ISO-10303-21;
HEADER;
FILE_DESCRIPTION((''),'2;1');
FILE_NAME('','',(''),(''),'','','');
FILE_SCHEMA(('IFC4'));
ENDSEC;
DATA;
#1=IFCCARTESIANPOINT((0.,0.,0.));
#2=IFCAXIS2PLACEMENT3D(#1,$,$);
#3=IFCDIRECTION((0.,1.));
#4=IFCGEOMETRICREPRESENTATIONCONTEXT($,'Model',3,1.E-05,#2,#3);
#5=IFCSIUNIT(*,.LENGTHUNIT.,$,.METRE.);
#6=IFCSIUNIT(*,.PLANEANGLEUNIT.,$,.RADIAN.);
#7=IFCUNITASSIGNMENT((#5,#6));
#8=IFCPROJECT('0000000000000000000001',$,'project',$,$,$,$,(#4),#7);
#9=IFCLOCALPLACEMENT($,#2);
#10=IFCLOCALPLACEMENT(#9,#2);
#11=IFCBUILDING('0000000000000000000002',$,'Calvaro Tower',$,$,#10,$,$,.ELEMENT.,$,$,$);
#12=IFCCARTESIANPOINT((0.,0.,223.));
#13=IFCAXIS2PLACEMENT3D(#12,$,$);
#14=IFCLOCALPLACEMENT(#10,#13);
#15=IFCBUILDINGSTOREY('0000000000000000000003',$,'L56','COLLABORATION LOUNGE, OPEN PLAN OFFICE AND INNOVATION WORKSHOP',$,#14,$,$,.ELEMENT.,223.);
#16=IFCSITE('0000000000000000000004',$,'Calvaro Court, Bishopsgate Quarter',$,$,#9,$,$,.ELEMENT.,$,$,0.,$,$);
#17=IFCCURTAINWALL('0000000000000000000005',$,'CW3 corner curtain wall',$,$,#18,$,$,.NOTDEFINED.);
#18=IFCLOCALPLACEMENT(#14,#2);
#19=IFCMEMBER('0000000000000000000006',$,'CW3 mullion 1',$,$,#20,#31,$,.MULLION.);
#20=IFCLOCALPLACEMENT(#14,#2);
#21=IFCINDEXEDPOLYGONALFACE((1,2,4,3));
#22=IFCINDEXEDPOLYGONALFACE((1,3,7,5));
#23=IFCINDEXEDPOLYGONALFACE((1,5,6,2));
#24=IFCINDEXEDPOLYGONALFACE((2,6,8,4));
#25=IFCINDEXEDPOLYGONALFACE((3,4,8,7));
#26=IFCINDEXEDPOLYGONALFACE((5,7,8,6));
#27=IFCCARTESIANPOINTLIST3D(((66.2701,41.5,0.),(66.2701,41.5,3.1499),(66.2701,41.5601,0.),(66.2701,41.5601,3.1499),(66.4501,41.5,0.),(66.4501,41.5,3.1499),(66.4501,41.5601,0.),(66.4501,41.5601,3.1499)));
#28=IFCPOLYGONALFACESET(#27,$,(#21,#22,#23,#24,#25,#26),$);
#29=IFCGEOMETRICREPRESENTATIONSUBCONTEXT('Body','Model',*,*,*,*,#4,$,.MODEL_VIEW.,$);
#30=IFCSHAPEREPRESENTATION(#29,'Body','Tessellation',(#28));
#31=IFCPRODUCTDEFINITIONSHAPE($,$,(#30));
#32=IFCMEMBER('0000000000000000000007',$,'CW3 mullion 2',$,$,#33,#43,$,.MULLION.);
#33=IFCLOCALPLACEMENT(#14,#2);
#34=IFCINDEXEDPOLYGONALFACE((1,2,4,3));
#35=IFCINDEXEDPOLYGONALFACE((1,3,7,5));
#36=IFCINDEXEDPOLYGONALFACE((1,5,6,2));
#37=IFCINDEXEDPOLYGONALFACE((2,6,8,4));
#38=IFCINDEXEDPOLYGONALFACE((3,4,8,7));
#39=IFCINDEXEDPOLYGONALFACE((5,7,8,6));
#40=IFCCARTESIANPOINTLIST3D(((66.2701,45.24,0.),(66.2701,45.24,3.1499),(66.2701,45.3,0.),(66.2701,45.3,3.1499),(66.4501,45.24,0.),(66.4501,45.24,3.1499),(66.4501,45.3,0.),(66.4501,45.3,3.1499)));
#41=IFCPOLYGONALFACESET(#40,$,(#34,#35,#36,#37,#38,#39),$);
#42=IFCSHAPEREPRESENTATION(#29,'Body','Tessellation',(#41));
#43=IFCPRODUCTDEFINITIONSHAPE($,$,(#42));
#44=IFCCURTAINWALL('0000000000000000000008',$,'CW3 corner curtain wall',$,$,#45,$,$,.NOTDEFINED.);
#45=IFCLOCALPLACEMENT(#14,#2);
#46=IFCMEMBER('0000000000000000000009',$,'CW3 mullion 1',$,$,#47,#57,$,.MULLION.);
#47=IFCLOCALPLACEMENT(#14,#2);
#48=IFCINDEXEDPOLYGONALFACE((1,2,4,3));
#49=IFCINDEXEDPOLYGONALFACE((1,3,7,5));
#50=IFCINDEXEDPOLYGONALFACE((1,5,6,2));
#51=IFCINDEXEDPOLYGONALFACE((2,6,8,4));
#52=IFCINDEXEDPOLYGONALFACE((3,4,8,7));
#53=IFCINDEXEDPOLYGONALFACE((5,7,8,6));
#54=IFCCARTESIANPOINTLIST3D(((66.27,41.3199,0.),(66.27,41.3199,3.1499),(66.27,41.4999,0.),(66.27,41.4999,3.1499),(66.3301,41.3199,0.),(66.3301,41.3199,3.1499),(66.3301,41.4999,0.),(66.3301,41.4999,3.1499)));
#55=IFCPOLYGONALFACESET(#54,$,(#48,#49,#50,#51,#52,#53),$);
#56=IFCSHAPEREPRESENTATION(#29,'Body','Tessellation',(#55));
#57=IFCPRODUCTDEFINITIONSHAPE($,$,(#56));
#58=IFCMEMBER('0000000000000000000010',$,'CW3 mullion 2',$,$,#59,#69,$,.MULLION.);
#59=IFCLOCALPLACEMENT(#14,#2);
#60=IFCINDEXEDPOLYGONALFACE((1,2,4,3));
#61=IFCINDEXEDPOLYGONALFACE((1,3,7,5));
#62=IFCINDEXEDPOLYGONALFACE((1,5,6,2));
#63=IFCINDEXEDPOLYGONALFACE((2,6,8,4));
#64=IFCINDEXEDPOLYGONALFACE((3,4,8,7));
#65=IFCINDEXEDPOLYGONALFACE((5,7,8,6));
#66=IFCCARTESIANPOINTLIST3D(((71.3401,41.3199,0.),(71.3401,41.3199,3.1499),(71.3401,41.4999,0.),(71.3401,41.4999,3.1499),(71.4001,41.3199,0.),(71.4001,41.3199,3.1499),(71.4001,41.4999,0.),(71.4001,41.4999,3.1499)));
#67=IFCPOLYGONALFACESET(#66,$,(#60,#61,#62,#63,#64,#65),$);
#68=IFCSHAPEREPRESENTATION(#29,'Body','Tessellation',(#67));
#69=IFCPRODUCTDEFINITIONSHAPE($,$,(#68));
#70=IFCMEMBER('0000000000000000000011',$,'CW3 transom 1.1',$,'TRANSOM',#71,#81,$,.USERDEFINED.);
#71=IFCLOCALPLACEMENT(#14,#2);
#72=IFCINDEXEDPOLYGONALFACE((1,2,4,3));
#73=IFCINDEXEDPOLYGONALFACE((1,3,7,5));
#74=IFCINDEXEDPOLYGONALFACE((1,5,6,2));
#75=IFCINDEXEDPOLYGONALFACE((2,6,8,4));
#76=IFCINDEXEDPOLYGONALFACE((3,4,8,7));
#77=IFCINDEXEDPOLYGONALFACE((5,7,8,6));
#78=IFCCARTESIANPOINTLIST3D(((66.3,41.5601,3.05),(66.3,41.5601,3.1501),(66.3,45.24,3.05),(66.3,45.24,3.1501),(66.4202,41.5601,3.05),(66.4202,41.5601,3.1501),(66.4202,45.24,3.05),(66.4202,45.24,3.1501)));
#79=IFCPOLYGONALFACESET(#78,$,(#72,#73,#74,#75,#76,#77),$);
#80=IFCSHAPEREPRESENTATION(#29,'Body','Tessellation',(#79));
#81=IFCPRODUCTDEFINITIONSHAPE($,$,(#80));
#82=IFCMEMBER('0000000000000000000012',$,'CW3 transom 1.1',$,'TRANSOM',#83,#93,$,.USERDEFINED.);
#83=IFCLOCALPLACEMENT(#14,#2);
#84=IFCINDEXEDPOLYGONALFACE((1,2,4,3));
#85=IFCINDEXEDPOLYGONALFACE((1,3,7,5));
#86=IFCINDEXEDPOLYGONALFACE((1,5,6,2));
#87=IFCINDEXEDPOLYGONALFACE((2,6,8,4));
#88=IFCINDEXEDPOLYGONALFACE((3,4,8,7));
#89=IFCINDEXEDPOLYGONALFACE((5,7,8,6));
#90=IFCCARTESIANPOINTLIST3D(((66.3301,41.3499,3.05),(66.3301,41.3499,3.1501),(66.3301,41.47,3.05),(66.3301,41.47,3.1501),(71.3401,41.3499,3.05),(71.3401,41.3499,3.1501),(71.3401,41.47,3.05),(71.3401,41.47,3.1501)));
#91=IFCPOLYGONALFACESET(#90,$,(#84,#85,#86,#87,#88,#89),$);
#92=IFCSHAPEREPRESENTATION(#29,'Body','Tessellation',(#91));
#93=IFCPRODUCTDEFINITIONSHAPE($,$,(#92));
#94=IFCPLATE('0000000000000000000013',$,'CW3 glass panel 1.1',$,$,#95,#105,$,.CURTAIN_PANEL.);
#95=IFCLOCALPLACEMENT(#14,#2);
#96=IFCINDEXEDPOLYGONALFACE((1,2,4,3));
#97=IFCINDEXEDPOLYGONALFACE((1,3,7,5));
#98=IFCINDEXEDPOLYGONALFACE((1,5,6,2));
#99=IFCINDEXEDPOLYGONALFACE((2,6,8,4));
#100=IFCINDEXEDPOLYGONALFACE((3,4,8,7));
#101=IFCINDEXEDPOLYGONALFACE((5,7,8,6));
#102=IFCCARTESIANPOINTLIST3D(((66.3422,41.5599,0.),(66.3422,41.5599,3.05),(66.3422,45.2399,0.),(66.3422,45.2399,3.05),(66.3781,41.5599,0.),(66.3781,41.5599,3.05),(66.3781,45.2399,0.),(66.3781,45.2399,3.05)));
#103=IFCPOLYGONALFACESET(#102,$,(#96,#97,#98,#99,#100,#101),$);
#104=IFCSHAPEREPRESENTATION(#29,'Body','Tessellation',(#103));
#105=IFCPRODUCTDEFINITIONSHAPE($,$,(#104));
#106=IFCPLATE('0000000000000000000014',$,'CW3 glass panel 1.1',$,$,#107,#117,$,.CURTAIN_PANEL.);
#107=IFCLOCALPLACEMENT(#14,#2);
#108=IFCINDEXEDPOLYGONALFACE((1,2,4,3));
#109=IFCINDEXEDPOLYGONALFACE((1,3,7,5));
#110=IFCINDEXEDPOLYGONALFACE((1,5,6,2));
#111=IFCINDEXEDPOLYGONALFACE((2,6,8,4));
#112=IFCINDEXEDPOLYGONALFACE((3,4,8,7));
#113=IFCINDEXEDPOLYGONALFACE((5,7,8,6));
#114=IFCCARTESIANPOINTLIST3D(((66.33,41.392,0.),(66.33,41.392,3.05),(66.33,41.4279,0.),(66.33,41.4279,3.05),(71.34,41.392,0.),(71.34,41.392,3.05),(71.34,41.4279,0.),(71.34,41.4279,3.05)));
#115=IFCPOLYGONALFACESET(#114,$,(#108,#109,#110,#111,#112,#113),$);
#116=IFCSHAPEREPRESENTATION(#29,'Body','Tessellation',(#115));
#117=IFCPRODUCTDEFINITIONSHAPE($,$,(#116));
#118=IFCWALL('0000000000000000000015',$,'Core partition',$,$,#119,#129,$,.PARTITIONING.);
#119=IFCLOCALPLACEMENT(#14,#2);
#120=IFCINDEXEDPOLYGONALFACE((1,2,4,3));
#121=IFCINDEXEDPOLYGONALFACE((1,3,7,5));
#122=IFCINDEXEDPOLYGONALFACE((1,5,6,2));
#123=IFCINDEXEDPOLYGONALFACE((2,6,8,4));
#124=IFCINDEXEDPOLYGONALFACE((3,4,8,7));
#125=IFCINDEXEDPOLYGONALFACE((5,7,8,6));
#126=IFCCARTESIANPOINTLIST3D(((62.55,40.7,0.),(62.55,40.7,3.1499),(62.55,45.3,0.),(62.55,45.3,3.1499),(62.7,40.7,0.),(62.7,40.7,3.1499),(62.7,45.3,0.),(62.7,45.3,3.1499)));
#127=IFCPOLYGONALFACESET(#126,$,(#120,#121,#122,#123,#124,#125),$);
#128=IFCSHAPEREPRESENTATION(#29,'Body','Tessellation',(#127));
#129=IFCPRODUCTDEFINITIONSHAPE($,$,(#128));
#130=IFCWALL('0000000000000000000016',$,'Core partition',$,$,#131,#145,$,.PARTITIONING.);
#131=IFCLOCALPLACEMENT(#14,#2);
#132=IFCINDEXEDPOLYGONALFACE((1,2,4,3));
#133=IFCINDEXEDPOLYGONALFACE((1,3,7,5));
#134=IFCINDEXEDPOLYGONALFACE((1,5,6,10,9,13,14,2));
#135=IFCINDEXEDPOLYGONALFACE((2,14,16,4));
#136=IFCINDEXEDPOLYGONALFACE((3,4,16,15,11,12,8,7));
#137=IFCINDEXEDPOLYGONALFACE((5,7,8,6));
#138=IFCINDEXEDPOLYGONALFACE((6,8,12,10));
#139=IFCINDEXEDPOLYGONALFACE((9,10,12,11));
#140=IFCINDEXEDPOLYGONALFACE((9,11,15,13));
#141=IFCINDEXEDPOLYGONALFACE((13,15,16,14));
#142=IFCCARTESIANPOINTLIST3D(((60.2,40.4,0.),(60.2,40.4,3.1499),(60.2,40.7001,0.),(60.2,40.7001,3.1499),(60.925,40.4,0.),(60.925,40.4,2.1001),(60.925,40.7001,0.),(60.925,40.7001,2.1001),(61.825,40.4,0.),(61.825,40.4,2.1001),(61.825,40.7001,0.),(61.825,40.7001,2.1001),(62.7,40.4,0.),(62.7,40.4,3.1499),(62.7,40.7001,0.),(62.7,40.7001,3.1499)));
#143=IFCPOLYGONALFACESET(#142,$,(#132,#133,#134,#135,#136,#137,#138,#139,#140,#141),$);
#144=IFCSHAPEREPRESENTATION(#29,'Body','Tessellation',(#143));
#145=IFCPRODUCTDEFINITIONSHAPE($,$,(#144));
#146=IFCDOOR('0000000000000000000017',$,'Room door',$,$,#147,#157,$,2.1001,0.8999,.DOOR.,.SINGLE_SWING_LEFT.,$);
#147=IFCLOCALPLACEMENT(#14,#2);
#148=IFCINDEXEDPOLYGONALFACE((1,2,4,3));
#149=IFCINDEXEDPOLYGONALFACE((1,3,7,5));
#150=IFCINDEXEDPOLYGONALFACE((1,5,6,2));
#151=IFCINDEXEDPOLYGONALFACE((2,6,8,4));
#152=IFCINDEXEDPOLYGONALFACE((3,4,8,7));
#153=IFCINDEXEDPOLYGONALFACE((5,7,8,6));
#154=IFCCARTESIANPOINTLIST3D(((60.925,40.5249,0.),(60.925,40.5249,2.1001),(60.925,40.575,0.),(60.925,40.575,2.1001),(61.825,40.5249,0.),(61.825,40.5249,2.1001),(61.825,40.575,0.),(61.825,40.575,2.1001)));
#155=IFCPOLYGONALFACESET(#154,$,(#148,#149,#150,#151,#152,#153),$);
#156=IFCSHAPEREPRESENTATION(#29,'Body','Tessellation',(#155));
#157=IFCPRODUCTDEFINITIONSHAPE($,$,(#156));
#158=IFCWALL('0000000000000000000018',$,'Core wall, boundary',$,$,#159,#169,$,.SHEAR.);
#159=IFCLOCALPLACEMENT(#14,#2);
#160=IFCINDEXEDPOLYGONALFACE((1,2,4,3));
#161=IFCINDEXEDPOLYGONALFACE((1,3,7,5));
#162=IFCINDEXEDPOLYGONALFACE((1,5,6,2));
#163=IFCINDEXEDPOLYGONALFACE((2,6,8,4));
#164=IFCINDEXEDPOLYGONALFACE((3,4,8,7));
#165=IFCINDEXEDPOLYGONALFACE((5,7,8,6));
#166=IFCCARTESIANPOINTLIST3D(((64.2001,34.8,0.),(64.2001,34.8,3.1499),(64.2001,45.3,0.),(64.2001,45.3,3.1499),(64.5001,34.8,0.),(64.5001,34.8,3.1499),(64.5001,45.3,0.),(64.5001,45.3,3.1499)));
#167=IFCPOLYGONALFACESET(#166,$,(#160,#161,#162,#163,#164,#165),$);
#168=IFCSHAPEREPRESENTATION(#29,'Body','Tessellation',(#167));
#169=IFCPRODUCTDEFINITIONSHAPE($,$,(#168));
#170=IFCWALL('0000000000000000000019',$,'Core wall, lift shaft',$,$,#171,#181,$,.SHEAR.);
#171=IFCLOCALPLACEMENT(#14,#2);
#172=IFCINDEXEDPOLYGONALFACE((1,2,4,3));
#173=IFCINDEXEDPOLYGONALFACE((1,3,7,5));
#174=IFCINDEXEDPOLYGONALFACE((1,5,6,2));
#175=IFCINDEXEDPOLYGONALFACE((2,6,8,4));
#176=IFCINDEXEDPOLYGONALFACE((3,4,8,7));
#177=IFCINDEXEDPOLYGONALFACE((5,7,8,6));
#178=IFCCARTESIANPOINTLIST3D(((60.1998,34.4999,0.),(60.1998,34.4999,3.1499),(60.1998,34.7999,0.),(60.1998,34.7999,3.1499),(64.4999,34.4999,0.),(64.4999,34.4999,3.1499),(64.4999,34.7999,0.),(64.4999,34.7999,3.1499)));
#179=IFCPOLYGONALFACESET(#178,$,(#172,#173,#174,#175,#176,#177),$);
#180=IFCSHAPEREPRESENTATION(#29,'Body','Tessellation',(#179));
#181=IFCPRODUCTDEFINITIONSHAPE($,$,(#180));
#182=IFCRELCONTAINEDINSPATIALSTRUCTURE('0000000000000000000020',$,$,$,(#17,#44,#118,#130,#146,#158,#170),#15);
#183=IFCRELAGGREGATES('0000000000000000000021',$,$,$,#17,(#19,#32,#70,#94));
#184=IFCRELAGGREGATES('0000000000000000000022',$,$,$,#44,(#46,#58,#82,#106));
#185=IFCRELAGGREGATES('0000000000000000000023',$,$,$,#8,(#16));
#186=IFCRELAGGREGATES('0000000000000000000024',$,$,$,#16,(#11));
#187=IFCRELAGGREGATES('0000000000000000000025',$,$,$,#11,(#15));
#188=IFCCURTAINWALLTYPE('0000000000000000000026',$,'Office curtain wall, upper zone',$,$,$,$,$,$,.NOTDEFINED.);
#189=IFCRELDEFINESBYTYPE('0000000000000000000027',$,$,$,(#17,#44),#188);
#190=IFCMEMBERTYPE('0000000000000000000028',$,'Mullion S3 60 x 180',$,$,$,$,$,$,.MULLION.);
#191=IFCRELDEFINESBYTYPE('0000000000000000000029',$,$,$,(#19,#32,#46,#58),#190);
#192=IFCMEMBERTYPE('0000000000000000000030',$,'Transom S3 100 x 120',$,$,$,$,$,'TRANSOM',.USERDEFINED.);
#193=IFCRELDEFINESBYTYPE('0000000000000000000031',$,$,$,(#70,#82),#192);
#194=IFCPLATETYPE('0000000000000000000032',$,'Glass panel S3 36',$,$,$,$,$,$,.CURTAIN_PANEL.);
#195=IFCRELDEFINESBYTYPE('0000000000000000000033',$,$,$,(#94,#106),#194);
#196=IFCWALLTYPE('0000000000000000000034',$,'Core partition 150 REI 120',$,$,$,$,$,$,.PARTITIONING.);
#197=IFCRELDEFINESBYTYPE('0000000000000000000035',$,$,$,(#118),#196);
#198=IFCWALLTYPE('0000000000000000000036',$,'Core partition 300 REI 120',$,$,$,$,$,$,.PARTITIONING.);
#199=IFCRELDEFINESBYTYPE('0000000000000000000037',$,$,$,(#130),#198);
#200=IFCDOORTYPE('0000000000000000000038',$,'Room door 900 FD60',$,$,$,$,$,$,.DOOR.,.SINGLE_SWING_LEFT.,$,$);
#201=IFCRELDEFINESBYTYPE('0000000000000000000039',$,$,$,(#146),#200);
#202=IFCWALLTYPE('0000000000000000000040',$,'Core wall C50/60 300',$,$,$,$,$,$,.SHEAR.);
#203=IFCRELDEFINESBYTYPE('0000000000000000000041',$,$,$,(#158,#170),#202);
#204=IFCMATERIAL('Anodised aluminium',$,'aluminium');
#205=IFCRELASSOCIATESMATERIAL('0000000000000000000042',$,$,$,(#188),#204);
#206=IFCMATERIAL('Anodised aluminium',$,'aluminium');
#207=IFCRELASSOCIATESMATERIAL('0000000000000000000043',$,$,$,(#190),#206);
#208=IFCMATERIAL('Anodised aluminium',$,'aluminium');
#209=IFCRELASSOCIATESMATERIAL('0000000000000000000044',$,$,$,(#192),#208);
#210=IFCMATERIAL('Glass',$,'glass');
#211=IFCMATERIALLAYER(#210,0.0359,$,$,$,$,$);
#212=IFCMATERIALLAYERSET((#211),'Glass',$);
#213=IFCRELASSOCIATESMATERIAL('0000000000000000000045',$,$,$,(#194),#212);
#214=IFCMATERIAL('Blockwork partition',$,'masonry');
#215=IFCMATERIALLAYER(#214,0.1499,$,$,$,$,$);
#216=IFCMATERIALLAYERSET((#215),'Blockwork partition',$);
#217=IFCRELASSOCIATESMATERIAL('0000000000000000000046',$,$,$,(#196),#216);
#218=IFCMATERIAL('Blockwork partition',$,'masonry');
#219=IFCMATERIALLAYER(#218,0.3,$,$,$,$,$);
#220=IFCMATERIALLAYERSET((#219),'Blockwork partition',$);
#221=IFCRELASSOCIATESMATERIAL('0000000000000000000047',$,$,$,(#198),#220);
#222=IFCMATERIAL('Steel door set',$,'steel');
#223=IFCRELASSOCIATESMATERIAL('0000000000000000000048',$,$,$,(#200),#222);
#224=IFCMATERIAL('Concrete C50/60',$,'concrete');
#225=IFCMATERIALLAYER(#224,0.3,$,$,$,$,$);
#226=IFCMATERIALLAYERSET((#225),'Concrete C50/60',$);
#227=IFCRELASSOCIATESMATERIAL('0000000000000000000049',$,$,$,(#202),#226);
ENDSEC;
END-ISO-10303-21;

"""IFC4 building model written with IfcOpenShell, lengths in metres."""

from ifc_helpers import new_model, si_unit, direction, frame, frame_2d, origin, origin_2d, place, context, subcontext, project, spatial, rectangle, extrude, material, layer, layer_set, material_profile, profile_set, type_object, element, fill, aggregate, save


model = new_model("IFC4")

# Units and contexts
model_context = context("Model", 3, precision=1e-05, world=origin(), true_north=direction((0.0, 1.0)))
body_context = subcontext(model_context, "Body", "Model", "MODEL_VIEW")
ifc_project = project(units=[si_unit("LENGTHUNIT", "METRE"), si_unit("PLANEANGLEUNIT", "RADIAN")], contexts=[model_context])

# Site, building, storey
site_placement = place(None, origin())
site = spatial("IfcSite", under=ifc_project, at=site_placement, Name="Calvaro Court, Bishopsgate Quarter", CompositionType="ELEMENT", RefElevation=0.0)
building_placement = place(site_placement, origin())
building = spatial("IfcBuilding", under=site, at=building_placement, Name="Calvaro Tower", CompositionType="ELEMENT")
storey_placement = place(building_placement, frame((0.0, 0.0, 223.0)))
storey = spatial("IfcBuildingStorey", under=building, at=storey_placement, Name="L56", Description="COLLABORATION LOUNGE, OPEN PLAN OFFICE AND INNOVATION WORKSHOP", CompositionType="ELEMENT", Elevation=223.0)

# Curtain walls, members
ifc_material_1 = material(Name="Anodised aluminium", Category="aluminium")
curtain_wall_type = type_object("IfcCurtainWallType", Name="Office curtain wall, upper zone", PredefinedType="NOTDEFINED", material=ifc_material_1)
curtain_wall_1_placement = place(storey_placement, origin())
curtain_wall_1 = element("IfcCurtainWall", 1, at=curtain_wall_1_placement, inside=storey, type_object=curtain_wall_type, Name="CW3 corner curtain wall", PredefinedType="NOTDEFINED")
ifc_material_2 = material(Name="Anodised aluminium", Category="aluminium")
ifc_material_profile_1 = material_profile(ifc_material_2, rectangle(XDim=0.1799, YDim=0.0601, at=origin_2d()), Name="Mullion S3 60 x 180")
ifc_profile_set_1 = profile_set([ifc_material_profile_1], Name="Anodised aluminium")
member_type_1 = type_object("IfcMemberType", Name="Mullion S3 60 x 180", PredefinedType="MULLION", material=ifc_profile_set_1)
member_1_placement = place(storey_placement, frame((66.3601, 41.53, 0.0), z_axis=(0.0, 0.0, 1.0), x_axis=(-1.0, 0.0, 0.0)))
member_1 = element("IfcMember", 2, at=member_1_placement, type_object=member_type_1, Name="CW3 mullion 1", PredefinedType="MULLION", context=body_context, shape_type="SweptSolid", body=[
    extrude(rectangle(XDim=0.1799, YDim=0.0601, at=origin_2d()), origin(), (0.0, 0.0, 1.0), 3.1499),
])
member_2_placement = place(storey_placement, frame((66.3601, 45.27, 0.0), z_axis=(0.0, 0.0, 1.0), x_axis=(-1.0, 0.0, 0.0)))
member_2 = element("IfcMember", 3, at=member_2_placement, type_object=member_type_1, Name="CW3 mullion 2", PredefinedType="MULLION", context=body_context, shape_type="SweptSolid", body=[
    extrude(rectangle(XDim=0.1799, YDim=0.0601, at=origin_2d()), origin(), (0.0, 0.0, 1.0), 3.1499),
])
curtain_wall_2_placement = place(storey_placement, origin())
curtain_wall_2 = element("IfcCurtainWall", 4, at=curtain_wall_2_placement, inside=storey, type_object=curtain_wall_type, Name="CW3 corner curtain wall", PredefinedType="NOTDEFINED")
member_3_placement = place(storey_placement, frame((66.3, 41.4099, 0.0), z_axis=(0.0, 0.0, 1.0), x_axis=(0.0, 1.0, 0.0)))
member_3 = element("IfcMember", 5, at=member_3_placement, type_object=member_type_1, Name="CW3 mullion 1", PredefinedType="MULLION", context=body_context, shape_type="SweptSolid", body=[
    extrude(rectangle(XDim=0.1799, YDim=0.0601, at=origin_2d()), origin(), (0.0, 0.0, 1.0), 3.1499),
])
member_4_placement = place(storey_placement, frame((71.3701, 41.4099, 0.0), z_axis=(0.0, 0.0, 1.0), x_axis=(0.0, 1.0, 0.0)))
member_4 = element("IfcMember", 6, at=member_4_placement, type_object=member_type_1, Name="CW3 mullion 2", PredefinedType="MULLION", context=body_context, shape_type="SweptSolid", body=[
    extrude(rectangle(XDim=0.1799, YDim=0.0601, at=origin_2d()), origin(), (0.0, 0.0, 1.0), 3.1499),
])

# Members
ifc_material_3 = material(Name="Anodised aluminium", Category="aluminium")
ifc_material_profile_2 = material_profile(ifc_material_3, rectangle(XDim=0.1201, YDim=0.1001, at=origin_2d()), Name="Transom S3 100 x 120")
ifc_profile_set_2 = profile_set([ifc_material_profile_2], Name="Anodised aluminium")
member_type_2 = type_object("IfcMemberType", Name="Transom S3 100 x 120", ElementType="TRANSOM", PredefinedType="USERDEFINED", material=ifc_profile_set_2)
member_5_placement = place(storey_placement, frame((66.3601, 41.5601, 3.1001), z_axis=(0.0, 1.0, 0.0), x_axis=(-1.0, 0.0, 0.0)))
member_5 = element("IfcMember", 7, at=member_5_placement, type_object=member_type_2, Name="CW3 transom 1.1", ObjectType="TRANSOM", PredefinedType="USERDEFINED", context=body_context, shape_type="SweptSolid", body=[
    extrude(rectangle(XDim=0.1201, YDim=0.1001, at=origin_2d()), origin(), (0.0, 0.0, 1.0), 3.6799),
])
member_6_placement = place(storey_placement, frame((66.3301, 41.4099, 3.1001), z_axis=(1.0, 0.0, 0.0), x_axis=(0.0, 1.0, 0.0)))
member_6 = element("IfcMember", 8, at=member_6_placement, type_object=member_type_2, Name="CW3 transom 1.1", ObjectType="TRANSOM", PredefinedType="USERDEFINED", context=body_context, shape_type="SweptSolid", body=[
    extrude(rectangle(XDim=0.1201, YDim=0.1001, at=origin_2d()), origin(), (0.0, 0.0, 1.0), 5.01),
])

# Plates
ifc_material_4 = material(Name="Glass", Category="glass")
ifc_layer_1 = layer(ifc_material_4, 0.0359)
ifc_layer_set_1 = layer_set([ifc_layer_1], Name="Glass")
plate_type = type_object("IfcPlateType", Name="Glass panel S3 36", PredefinedType="CURTAIN_PANEL", material=ifc_layer_set_1)
plate_1_placement = place(storey_placement, frame((66.3601, 43.3999, 0.0), z_axis=(0.0, 0.0, 1.0), x_axis=(0.0, 1.0, 0.0)))
plate_1 = element("IfcPlate", 9, at=plate_1_placement, type_object=plate_type, Name="CW3 glass panel 1.1", PredefinedType="CURTAIN_PANEL", context=body_context, shape_type="SweptSolid", body=[
    extrude(rectangle(XDim=3.6799, YDim=0.0359, at=origin_2d()), origin(), (0.0, 0.0, 1.0), 3.05),
])
aggregate(curtain_wall_1, [member_1, member_2, member_5, plate_1])
plate_2_placement = place(storey_placement, frame((68.835, 41.4099, 0.0), z_axis=(0.0, 0.0, 1.0), x_axis=(1.0, 0.0, 0.0)))
plate_2 = element("IfcPlate", 10, at=plate_2_placement, type_object=plate_type, Name="CW3 glass panel 1.1", PredefinedType="CURTAIN_PANEL", context=body_context, shape_type="SweptSolid", body=[
    extrude(rectangle(XDim=5.01, YDim=0.0359, at=origin_2d()), origin(), (0.0, 0.0, 1.0), 3.05),
])
aggregate(curtain_wall_2, [member_3, member_4, member_6, plate_2])

# Wall
ifc_material_5 = material(Name="Blockwork partition", Category="masonry")
ifc_layer_2 = layer(ifc_material_5, 0.1499)
ifc_layer_set_2 = layer_set([ifc_layer_2], Name="Blockwork partition")
wall_type_1 = type_object("IfcWallType", Name="Core partition 150 REI 120", PredefinedType="PARTITIONING", material=ifc_layer_set_2)
wall_1_placement = place(storey_placement, frame((62.625, 40.7, 0.0), z_axis=(0.0, 0.0, 1.0), x_axis=(0.0, 1.0, 0.0)))
element("IfcWall", 11, at=wall_1_placement, inside=storey, type_object=wall_type_1, Name="Core partition", PredefinedType="PARTITIONING", context=body_context, shape_type="SweptSolid", body=[
    extrude(rectangle(XDim=4.6001, YDim=0.1499, at=frame_2d((2.3, 0.0))), origin(), (0.0, 0.0, 1.0), 3.1499),
])

# Wall, opening, door
ifc_material_6 = material(Name="Blockwork partition", Category="masonry")
ifc_layer_3 = layer(ifc_material_6, 0.3)
ifc_layer_set_3 = layer_set([ifc_layer_3], Name="Blockwork partition")
wall_type_2 = type_object("IfcWallType", Name="Core partition 300 REI 120", PredefinedType="PARTITIONING", material=ifc_layer_set_3)
wall_2_placement = place(storey_placement, frame((60.2, 40.55, 0.0), z_axis=(0.0, 0.0, 1.0), x_axis=(1.0, 0.0, 0.0)))
wall_2 = element("IfcWall", 12, at=wall_2_placement, inside=storey, type_object=wall_type_2, Name="Core partition", PredefinedType="PARTITIONING", context=body_context, shape_type="SweptSolid", body=[
    extrude(rectangle(XDim=2.5, YDim=0.3, at=frame_2d((1.25, 0.0))), origin(), (0.0, 0.0, 1.0), 3.1499),
])
opening_1_placement = place(wall_2_placement, frame((0.7251, 0.0, 0.0)))
opening_1 = element("IfcOpeningElement", 13, at=opening_1_placement, cuts=wall_2, PredefinedType="OPENING", context=body_context, shape_type="SweptSolid", body=[
    extrude(rectangle(XDim=0.8999, YDim=2.1001, at=frame_2d((0.45, 1.05))), frame((0.0, 0.1599, 0.0), z_axis=(0.0, -1.0, 0.0), x_axis=(1.0, 0.0, 0.0)), (0.0, 0.0, 1.0), 0.3201),
])
ifc_material_7 = material(Name="Steel door set", Category="steel")
door_type_1 = type_object("IfcDoorType", Name="Room door 900 FD60", OperationType="SINGLE_SWING_LEFT", PredefinedType="DOOR", material=ifc_material_7)
door_1_placement = place(opening_1_placement, origin())
door_1 = element("IfcDoor", 14, at=door_1_placement, inside=storey, type_object=door_type_1, Name="Room door", OperationType="SINGLE_SWING_LEFT", OverallHeight=2.1001, OverallWidth=0.8999, PredefinedType="DOOR", context=body_context, shape_type="SweptSolid", body=[
    extrude(rectangle(XDim=0.8999, YDim=2.1001, at=frame_2d((0.45, 1.05))), frame((0.0, 0.0249, 0.0), z_axis=(0.0, -1.0, 0.0), x_axis=(1.0, 0.0, 0.0)), (0.0, 0.0, 1.0), 0.05),
])
fill(opening_1, door_1)

# Walls
ifc_material_8 = material(Name="Concrete C50/60", Category="concrete")
ifc_layer_4 = layer(ifc_material_8, 0.3)
ifc_layer_set_4 = layer_set([ifc_layer_4], Name="Concrete C50/60")
wall_type_3 = type_object("IfcWallType", Name="Core wall C50/60 300", PredefinedType="SHEAR", material=ifc_layer_set_4)
wall_3_placement = place(storey_placement, frame((64.3501, 34.8, 0.0), z_axis=(0.0, 0.0, 1.0), x_axis=(0.0, 1.0, 0.0)))
element("IfcWall", 15, at=wall_3_placement, inside=storey, type_object=wall_type_3, Name="Core wall, boundary", PredefinedType="SHEAR", context=body_context, shape_type="SweptSolid", body=[
    extrude(rectangle(XDim=10.5, YDim=0.3, at=frame_2d((5.25, 0.0))), origin(), (0.0, 0.0, 1.0), 3.1499),
])
wall_4_placement = place(storey_placement, frame((60.2, 34.6499, 0.0), z_axis=(0.0, 0.0, 1.0), x_axis=(1.0, 0.0, 0.0)))
element("IfcWall", 16, at=wall_4_placement, inside=storey, type_object=wall_type_3, Name="Core wall, lift shaft", PredefinedType="SHEAR", context=body_context, shape_type="SweptSolid", body=[
    extrude(rectangle(XDim=4.3, YDim=0.3, at=frame_2d((2.1499, 0.0))), origin(), (0.0, 0.0, 1.0), 3.1499),
])

save(model, "model.ifc")
